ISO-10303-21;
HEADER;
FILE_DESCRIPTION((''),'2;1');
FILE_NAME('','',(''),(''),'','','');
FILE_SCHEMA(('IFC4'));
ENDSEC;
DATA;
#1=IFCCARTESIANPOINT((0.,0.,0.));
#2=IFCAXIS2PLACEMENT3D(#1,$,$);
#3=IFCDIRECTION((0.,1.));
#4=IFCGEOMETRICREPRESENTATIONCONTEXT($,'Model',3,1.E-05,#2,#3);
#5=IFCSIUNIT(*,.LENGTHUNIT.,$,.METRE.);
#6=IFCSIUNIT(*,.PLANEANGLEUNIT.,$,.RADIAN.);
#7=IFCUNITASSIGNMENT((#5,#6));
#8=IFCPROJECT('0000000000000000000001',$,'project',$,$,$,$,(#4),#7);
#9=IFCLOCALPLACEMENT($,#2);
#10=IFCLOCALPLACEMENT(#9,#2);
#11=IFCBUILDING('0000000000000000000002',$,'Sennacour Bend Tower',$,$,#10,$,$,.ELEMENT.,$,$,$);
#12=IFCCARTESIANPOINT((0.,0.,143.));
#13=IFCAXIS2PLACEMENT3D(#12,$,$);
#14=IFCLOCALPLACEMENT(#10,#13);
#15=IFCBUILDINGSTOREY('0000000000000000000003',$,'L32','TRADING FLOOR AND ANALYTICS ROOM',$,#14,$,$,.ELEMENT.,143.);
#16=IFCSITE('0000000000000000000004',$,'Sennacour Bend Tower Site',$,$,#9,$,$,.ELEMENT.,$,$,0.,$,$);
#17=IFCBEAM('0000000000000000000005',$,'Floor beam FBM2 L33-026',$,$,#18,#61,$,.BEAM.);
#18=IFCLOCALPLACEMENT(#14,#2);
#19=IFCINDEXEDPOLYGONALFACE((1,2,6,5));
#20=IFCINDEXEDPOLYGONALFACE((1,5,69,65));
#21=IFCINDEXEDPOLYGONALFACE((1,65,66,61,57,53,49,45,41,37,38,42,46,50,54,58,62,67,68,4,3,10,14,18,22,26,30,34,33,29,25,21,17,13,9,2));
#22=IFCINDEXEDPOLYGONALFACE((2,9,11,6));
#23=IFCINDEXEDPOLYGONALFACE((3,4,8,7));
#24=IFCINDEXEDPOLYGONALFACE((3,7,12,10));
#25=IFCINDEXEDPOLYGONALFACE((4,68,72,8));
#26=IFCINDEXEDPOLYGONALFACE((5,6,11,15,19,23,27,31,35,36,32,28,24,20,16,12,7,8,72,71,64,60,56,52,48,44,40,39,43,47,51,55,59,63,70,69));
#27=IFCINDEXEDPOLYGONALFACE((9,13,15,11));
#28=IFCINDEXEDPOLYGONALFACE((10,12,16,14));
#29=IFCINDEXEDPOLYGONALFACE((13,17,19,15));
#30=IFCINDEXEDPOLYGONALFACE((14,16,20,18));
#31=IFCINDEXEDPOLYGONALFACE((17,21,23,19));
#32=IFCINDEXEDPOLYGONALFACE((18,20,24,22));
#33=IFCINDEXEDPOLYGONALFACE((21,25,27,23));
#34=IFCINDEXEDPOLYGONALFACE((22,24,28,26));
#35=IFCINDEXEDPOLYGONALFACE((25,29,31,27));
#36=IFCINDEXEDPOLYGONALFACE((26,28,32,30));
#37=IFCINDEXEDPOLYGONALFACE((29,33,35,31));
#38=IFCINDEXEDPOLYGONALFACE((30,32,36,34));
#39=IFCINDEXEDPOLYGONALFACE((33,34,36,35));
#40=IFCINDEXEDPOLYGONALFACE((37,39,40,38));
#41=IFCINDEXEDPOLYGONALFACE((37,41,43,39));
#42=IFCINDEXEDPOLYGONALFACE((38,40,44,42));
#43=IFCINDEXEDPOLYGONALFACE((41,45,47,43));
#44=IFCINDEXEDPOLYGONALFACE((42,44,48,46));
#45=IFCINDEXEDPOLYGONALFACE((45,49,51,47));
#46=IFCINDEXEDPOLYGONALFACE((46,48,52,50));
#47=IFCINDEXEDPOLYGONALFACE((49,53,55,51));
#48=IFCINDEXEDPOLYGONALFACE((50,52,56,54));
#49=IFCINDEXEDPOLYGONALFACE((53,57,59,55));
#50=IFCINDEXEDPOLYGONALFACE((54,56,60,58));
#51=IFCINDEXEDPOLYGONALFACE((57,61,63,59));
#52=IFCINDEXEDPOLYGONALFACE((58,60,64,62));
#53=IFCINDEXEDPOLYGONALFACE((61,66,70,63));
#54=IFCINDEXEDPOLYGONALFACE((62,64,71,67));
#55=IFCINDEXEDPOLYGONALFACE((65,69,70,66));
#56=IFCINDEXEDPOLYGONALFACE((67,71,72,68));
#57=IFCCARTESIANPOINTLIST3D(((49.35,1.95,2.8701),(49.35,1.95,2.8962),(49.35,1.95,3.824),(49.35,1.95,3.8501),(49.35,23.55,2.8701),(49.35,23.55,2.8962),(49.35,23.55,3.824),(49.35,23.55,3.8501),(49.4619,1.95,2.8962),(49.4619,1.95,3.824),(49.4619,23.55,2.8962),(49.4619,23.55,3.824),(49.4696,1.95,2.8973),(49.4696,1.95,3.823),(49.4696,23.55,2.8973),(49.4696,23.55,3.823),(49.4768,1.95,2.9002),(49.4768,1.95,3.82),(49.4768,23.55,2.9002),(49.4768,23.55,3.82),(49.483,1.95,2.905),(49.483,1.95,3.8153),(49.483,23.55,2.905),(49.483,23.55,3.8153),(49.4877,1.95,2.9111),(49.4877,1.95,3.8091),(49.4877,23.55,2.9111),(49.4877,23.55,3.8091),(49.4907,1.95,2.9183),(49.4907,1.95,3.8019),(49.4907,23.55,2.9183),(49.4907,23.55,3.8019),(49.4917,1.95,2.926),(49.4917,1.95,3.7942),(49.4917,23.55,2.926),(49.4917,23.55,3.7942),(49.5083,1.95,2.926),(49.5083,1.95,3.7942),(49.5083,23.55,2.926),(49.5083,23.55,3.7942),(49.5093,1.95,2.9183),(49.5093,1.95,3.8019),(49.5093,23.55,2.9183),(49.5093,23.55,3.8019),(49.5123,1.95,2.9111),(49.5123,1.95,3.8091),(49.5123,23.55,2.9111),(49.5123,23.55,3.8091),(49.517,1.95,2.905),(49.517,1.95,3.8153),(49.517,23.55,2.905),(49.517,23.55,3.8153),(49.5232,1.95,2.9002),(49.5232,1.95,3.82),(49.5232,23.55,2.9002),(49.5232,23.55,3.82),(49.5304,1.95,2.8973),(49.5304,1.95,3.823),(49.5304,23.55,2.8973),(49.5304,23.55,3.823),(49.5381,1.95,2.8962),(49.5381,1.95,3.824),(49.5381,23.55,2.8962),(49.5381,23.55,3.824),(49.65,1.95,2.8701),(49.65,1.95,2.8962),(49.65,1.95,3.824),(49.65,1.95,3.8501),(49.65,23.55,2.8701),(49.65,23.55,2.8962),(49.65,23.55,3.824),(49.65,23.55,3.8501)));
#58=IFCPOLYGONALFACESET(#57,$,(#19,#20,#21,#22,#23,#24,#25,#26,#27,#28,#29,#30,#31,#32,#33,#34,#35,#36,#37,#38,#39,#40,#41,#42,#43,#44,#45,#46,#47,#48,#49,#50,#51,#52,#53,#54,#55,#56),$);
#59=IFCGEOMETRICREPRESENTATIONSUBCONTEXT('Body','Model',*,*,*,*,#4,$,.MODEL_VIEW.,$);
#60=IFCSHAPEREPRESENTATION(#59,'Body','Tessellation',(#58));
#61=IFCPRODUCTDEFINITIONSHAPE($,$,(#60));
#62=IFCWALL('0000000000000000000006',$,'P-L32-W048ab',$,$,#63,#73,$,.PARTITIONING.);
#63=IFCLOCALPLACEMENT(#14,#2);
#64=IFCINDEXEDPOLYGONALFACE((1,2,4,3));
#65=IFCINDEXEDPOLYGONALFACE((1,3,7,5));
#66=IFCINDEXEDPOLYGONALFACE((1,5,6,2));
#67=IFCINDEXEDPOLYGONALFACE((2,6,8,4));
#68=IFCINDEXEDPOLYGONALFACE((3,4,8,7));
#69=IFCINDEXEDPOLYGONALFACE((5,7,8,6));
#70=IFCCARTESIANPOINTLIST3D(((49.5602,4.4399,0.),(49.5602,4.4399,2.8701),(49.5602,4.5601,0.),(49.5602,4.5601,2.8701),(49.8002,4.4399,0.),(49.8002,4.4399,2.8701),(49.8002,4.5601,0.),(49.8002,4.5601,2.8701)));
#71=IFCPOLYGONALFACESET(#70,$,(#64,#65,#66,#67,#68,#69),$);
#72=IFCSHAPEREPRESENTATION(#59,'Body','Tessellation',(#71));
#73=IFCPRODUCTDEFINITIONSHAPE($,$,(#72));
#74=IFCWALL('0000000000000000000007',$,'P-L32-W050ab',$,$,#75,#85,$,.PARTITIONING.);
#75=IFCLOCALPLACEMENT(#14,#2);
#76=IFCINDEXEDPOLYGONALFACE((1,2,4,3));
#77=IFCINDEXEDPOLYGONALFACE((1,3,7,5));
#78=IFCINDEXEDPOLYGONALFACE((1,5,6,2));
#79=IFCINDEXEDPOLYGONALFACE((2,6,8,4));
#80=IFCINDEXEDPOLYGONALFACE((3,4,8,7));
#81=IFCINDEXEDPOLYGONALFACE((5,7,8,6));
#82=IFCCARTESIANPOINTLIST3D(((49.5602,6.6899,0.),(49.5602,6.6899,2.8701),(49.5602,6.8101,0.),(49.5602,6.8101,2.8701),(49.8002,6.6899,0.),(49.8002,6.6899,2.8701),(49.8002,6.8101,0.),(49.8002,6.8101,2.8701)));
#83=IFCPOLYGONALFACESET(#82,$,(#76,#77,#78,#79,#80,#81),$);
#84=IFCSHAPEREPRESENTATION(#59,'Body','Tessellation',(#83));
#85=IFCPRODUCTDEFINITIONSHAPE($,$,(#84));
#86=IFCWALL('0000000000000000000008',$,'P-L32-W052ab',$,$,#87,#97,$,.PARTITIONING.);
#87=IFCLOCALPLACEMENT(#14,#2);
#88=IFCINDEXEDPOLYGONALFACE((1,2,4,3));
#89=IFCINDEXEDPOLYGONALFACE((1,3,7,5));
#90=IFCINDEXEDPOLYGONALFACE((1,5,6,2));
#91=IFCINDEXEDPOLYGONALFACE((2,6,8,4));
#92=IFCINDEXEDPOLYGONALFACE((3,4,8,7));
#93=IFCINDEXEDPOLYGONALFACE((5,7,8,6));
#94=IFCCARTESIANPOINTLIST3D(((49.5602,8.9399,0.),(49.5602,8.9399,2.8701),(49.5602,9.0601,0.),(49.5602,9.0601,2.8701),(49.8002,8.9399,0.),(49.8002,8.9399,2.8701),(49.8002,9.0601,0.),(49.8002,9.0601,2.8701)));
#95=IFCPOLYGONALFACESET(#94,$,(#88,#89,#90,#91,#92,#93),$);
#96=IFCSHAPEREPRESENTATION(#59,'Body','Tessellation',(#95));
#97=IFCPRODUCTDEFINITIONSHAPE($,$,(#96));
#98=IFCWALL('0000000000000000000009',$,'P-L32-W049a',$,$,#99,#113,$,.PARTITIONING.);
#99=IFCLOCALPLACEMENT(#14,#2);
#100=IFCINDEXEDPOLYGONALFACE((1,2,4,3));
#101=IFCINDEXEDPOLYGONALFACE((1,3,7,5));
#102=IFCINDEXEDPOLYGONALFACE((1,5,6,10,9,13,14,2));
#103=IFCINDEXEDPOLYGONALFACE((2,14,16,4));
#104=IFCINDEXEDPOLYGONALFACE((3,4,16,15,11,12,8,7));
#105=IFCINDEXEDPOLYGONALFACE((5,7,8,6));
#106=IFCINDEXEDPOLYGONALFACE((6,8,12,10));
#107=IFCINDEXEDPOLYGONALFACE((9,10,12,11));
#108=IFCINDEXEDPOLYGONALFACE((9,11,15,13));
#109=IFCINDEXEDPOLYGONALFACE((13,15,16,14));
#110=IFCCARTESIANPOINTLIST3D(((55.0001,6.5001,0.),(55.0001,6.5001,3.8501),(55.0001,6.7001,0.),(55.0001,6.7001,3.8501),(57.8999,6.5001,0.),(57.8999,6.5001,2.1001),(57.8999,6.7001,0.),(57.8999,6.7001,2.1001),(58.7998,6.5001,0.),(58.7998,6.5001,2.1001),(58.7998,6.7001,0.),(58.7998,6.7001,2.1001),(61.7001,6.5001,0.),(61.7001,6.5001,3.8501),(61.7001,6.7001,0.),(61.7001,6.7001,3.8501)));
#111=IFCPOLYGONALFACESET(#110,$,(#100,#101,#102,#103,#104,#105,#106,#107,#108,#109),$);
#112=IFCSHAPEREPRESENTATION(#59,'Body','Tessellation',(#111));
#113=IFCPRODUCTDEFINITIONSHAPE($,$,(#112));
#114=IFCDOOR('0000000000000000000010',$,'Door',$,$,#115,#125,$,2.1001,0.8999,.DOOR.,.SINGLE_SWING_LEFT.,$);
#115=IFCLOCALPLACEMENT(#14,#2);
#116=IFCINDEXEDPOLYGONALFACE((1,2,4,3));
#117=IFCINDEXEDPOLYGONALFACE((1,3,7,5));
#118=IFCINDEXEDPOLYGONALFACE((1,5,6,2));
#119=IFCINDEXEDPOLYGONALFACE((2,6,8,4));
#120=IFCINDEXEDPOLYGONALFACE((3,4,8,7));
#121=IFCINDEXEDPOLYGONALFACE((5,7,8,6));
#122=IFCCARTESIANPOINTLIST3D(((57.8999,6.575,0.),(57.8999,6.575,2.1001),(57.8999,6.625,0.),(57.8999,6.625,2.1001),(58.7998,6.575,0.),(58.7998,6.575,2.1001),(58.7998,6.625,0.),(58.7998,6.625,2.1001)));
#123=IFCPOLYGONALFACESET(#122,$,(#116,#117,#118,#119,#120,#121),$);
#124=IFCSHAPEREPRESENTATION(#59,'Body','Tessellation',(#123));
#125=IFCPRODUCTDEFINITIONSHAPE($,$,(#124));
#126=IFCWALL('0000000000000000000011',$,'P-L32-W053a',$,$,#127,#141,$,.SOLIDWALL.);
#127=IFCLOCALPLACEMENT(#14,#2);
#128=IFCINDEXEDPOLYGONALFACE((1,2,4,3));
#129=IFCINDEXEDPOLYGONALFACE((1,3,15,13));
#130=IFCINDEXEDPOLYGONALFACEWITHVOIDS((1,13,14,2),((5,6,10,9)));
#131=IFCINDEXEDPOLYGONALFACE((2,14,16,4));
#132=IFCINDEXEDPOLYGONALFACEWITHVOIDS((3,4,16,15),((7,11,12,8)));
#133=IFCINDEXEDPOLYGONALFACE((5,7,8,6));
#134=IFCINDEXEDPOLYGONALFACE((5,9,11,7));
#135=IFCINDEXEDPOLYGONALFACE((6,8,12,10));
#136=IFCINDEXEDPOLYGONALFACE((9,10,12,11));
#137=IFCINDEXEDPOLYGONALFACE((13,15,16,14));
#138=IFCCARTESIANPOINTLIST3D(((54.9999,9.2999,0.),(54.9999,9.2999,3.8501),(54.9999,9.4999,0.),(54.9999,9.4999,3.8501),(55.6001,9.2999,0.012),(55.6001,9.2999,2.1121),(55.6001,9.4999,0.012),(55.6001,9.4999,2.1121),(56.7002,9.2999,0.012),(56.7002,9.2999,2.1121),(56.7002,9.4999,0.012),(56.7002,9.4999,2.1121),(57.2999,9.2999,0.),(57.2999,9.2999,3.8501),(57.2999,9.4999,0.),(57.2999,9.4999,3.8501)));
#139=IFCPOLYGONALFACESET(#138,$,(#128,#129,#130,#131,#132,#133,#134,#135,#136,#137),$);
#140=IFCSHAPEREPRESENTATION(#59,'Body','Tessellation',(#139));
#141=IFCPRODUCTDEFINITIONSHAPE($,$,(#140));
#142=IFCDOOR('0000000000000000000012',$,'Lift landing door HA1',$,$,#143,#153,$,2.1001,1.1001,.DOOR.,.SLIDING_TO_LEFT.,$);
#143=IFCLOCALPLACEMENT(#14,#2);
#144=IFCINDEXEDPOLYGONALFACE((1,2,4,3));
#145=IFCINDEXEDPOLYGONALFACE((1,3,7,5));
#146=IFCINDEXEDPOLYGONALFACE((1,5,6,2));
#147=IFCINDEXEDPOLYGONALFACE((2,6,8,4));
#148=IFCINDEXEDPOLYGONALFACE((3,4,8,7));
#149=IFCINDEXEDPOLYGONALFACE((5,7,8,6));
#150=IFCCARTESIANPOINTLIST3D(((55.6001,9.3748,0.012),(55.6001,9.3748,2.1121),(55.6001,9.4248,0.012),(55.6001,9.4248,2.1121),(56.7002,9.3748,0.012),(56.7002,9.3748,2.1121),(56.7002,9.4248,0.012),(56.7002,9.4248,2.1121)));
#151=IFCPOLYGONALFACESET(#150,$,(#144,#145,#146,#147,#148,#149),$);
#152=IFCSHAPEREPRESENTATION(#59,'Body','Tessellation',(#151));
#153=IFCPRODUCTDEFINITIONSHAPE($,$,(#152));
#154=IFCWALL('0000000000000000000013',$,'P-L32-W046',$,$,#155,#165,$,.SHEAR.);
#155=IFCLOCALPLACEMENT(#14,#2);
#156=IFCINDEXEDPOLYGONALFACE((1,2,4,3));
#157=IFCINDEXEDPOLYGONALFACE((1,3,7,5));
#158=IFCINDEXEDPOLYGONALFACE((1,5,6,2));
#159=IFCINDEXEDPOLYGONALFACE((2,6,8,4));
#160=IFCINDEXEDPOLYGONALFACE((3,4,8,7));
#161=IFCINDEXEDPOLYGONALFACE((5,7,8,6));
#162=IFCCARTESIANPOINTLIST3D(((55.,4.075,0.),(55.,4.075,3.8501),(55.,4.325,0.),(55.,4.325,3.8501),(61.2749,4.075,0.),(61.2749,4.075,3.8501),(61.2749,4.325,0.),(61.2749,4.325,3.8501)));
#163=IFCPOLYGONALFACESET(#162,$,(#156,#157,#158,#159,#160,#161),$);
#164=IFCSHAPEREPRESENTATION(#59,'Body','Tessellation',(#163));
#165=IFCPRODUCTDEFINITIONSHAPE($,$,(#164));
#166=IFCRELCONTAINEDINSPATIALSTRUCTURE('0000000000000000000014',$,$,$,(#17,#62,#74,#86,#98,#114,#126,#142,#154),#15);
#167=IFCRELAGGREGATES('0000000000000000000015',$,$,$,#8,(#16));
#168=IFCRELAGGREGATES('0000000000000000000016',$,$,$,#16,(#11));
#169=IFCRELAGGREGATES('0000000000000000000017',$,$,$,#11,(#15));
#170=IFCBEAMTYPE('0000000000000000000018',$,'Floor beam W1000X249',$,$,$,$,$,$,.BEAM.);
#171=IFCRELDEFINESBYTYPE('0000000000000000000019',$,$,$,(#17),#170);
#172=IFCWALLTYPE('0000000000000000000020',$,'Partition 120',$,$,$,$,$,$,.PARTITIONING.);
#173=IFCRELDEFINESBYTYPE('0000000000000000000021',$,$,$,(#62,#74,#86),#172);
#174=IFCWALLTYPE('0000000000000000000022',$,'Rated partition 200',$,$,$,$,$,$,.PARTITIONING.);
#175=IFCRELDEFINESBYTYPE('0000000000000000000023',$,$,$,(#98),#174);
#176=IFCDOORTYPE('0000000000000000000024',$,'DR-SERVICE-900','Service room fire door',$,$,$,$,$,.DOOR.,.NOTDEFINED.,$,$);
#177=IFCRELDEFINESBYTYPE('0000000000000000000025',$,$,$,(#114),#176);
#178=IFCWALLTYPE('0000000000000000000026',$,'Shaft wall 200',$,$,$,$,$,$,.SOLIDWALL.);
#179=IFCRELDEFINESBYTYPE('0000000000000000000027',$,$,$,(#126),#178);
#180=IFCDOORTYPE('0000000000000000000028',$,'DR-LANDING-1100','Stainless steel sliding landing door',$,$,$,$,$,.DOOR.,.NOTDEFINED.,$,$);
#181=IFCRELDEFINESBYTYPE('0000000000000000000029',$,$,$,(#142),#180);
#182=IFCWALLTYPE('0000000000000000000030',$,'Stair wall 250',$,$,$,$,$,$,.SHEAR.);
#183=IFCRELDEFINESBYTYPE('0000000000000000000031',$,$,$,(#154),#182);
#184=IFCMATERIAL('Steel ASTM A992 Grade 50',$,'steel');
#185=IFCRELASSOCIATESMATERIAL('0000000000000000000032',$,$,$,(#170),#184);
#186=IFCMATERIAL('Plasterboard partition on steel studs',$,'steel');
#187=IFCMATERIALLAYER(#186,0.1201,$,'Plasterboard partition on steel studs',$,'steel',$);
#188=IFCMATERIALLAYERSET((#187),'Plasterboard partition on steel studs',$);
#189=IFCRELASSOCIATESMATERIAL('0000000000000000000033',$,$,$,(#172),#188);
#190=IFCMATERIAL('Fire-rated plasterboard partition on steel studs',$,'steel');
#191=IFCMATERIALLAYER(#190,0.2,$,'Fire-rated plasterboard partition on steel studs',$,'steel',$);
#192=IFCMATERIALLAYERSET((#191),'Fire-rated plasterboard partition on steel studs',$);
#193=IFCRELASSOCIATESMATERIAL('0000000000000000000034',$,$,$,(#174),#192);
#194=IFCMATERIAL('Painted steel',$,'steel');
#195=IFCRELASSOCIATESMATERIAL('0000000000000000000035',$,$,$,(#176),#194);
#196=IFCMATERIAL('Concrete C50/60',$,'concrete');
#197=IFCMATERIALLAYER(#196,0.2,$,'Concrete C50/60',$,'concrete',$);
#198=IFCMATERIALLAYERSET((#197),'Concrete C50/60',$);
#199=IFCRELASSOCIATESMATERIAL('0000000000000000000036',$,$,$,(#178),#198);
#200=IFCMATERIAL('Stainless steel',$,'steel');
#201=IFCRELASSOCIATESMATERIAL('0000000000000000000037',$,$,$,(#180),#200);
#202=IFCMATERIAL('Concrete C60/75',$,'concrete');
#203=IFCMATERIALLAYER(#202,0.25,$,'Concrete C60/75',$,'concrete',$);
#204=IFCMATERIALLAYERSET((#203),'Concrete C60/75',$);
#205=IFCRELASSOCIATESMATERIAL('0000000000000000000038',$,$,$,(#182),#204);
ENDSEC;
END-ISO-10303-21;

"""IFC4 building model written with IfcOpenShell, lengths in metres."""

from ifc_helpers import new_model, si_unit, direction, frame, frame_2d, origin, origin_2d, place, context, subcontext, project, spatial, rectangle, i_section, extrude, material, layer, layer_set, material_profile, profile_set, type_object, element, fill, save


model = new_model("IFC4")

# Units and contexts
model_context = context("Model", 3, precision=1e-05, world=origin(), true_north=direction((0.0, 1.0)))
body_context = subcontext(model_context, "Body", "Model", "MODEL_VIEW")
ifc_project = project(units=[si_unit("LENGTHUNIT", "METRE"), si_unit("PLANEANGLEUNIT", "RADIAN")], contexts=[model_context])

# Site, building, storey
site_placement = place(None, origin())
site = spatial("IfcSite", under=ifc_project, at=site_placement, Name="Sennacour Bend Tower Site", CompositionType="ELEMENT", RefElevation=0.0)
building_placement = place(site_placement, origin())
building = spatial("IfcBuilding", under=site, at=building_placement, Name="Sennacour Bend Tower", CompositionType="ELEMENT")
storey_placement = place(building_placement, frame((0.0, 0.0, 143.0)))
storey = spatial("IfcBuildingStorey", under=building, at=storey_placement, Name="L32", Description="TRADING FLOOR AND ANALYTICS ROOM", CompositionType="ELEMENT", Elevation=143.0)

# Beam
ifc_material_1 = material(Name="Steel ASTM A992 Grade 50", Category="steel")
ifc_material_profile = material_profile(ifc_material_1, i_section(OverallWidth=0.3, OverallDepth=0.98, WebThickness=0.0166, FlangeThickness=0.0261, FilletRadius=0.0298, at=origin_2d()), Name="Steel ASTM A992 Grade 50", Category="steel")
ifc_profile_set = profile_set([ifc_material_profile], Name="Steel ASTM A992 Grade 50")
beam_type = type_object("IfcBeamType", Name="Floor beam W1000X249", PredefinedType="BEAM", material=ifc_profile_set)
beam_placement = place(storey_placement, frame((49.5, 1.95, 3.3601), z_axis=(0.0, 1.0, 0.0), x_axis=(-1.0, 0.0, 0.0)))
element("IfcBeam", 1, at=beam_placement, inside=storey, type_object=beam_type, Name="Floor beam FBM2 L33-026", PredefinedType="BEAM", context=body_context, shape_type="SweptSolid", body=[
    extrude(i_section(OverallWidth=0.3, OverallDepth=0.98, WebThickness=0.0166, FlangeThickness=0.0261, FilletRadius=0.0298, at=origin_2d()), origin(), (0.0, 0.0, 1.0), 21.6001),
])

# Walls
ifc_material_2 = material(Name="Plasterboard partition on steel studs", Category="steel")
ifc_layer_1 = layer(ifc_material_2, 0.1201, Name="Plasterboard partition on steel studs", Category="steel")
ifc_layer_set_1 = layer_set([ifc_layer_1], Name="Plasterboard partition on steel studs")
wall_type_1 = type_object("IfcWallType", Name="Partition 120", PredefinedType="PARTITIONING", material=ifc_layer_set_1)
for number, where, z_axis, x_axis, name in (
    (2, (49.5601, 4.5, 0.0), (0.0, 0.0, 1.0), (1.0, 0.0, 0.0), "P-L32-W048ab"),
    (3, (49.5601, 6.75, 0.0), (0.0, 0.0, 1.0), (1.0, 0.0, 0.0), "P-L32-W050ab"),
    (4, (49.5601, 9.0, 0.0), (0.0, 0.0, 1.0), (1.0, 0.0, 0.0), "P-L32-W052ab"),
):
    element("IfcWall", number, at=place(storey_placement, frame(where, z_axis=z_axis, x_axis=x_axis)), inside=storey, type_object=wall_type_1, Name=name, PredefinedType="PARTITIONING", context=body_context, shape_type="SweptSolid", body=[
        extrude(rectangle(XDim=0.24, YDim=0.1201, at=frame_2d((0.1201, 0.0))), origin(), (0.0, 0.0, 1.0), 2.8701),
    ])

# Walls, openings, doors
ifc_material_3 = material(Name="Fire-rated plasterboard partition on steel studs", Category="steel")
ifc_layer_2 = layer(ifc_material_3, 0.2, Name="Fire-rated plasterboard partition on steel studs", Category="steel")
ifc_layer_set_2 = layer_set([ifc_layer_2], Name="Fire-rated plasterboard partition on steel studs")
wall_type_2 = type_object("IfcWallType", Name="Rated partition 200", PredefinedType="PARTITIONING", material=ifc_layer_set_2)
wall_1_placement = place(storey_placement, frame((55.0, 6.6001, 0.0), z_axis=(0.0, 0.0, 1.0), x_axis=(1.0, 0.0, 0.0)))
wall_1 = element("IfcWall", 5, at=wall_1_placement, inside=storey, type_object=wall_type_2, Name="P-L32-W049a", PredefinedType="PARTITIONING", context=body_context, shape_type="SweptSolid", body=[
    extrude(rectangle(XDim=6.7, YDim=0.2, at=frame_2d((3.3501, 0.0))), origin(), (0.0, 0.0, 1.0), 3.8501),
])
opening_1_placement = place(wall_1_placement, frame((2.8999, 0.0, 0.0)))
opening_1 = element("IfcOpeningElement", 6, at=opening_1_placement, cuts=wall_1, PredefinedType="OPENING", context=body_context, shape_type="SweptSolid", body=[
    extrude(rectangle(XDim=0.8999, YDim=2.1001, at=frame_2d((0.45, 1.05))), frame((0.0, 0.1099, 0.0), z_axis=(0.0, -1.0, 0.0), x_axis=(1.0, 0.0, 0.0)), (0.0, 0.0, 1.0), 0.22),
])
ifc_material_4 = material(Name="Painted steel", Category="steel")
door_type_1 = type_object("IfcDoorType", Name="DR-SERVICE-900", Description="Service room fire door", OperationType="NOTDEFINED", PredefinedType="DOOR", material=ifc_material_4)
door_1_placement = place(opening_1_placement, origin())
door_1 = element("IfcDoor", 7, at=door_1_placement, inside=storey, type_object=door_type_1, Name="Door", OperationType="SINGLE_SWING_LEFT", OverallHeight=2.1001, OverallWidth=0.8999, PredefinedType="DOOR", context=body_context, shape_type="SweptSolid", body=[
    extrude(rectangle(XDim=0.8999, YDim=2.1001, at=frame_2d((0.45, 1.05))), frame((0.0, 0.0249, 0.0), z_axis=(0.0, -1.0, 0.0), x_axis=(1.0, 0.0, 0.0)), (0.0, 0.0, 1.0), 0.05),
])
fill(opening_1, door_1)
ifc_material_5 = material(Name="Concrete C50/60", Category="concrete")
ifc_layer_3 = layer(ifc_material_5, 0.2, Name="Concrete C50/60", Category="concrete")
ifc_layer_set_3 = layer_set([ifc_layer_3], Name="Concrete C50/60")
wall_type_3 = type_object("IfcWallType", Name="Shaft wall 200", PredefinedType="SOLIDWALL", material=ifc_layer_set_3)
wall_2_placement = place(storey_placement, frame((55.0, 9.3999, 0.0), z_axis=(0.0, 0.0, 1.0), x_axis=(1.0, 0.0, 0.0)))
wall_2 = element("IfcWall", 8, at=wall_2_placement, inside=storey, type_object=wall_type_3, Name="P-L32-W053a", PredefinedType="SOLIDWALL", context=body_context, shape_type="SweptSolid", body=[
    extrude(rectangle(XDim=2.3, YDim=0.2, at=frame_2d((1.1499, 0.0))), origin(), (0.0, 0.0, 1.0), 3.8501),
])
opening_2_placement = place(wall_2_placement, frame((0.6001, 0.0, 0.012)))
opening_2 = element("IfcOpeningElement", 9, at=opening_2_placement, cuts=wall_2, PredefinedType="OPENING", context=body_context, shape_type="SweptSolid", body=[
    extrude(rectangle(XDim=1.1001, YDim=2.1001, at=frame_2d((0.55, 1.05))), frame((0.0, 0.1099, 0.0), z_axis=(0.0, -1.0, 0.0), x_axis=(1.0, 0.0, 0.0)), (0.0, 0.0, 1.0), 0.22),
])
ifc_material_6 = material(Name="Stainless steel", Category="steel")
door_type_2 = type_object("IfcDoorType", Name="DR-LANDING-1100", Description="Stainless steel sliding landing door", OperationType="NOTDEFINED", PredefinedType="DOOR", material=ifc_material_6)
door_2_placement = place(opening_2_placement, origin())
door_2 = element("IfcDoor", 10, at=door_2_placement, inside=storey, type_object=door_type_2, Name="Lift landing door HA1", OperationType="SLIDING_TO_LEFT", OverallHeight=2.1001, OverallWidth=1.1001, PredefinedType="DOOR", context=body_context, shape_type="SweptSolid", body=[
    extrude(rectangle(XDim=1.1001, YDim=2.1001, at=frame_2d((0.55, 1.05))), frame((0.0, 0.0249, 0.0), z_axis=(0.0, -1.0, 0.0), x_axis=(1.0, 0.0, 0.0)), (0.0, 0.0, 1.0), 0.05),
])
fill(opening_2, door_2)

# Wall
ifc_material_7 = material(Name="Concrete C60/75", Category="concrete")
ifc_layer_4 = layer(ifc_material_7, 0.25, Name="Concrete C60/75", Category="concrete")
ifc_layer_set_4 = layer_set([ifc_layer_4], Name="Concrete C60/75")
wall_type_4 = type_object("IfcWallType", Name="Stair wall 250", PredefinedType="SHEAR", material=ifc_layer_set_4)
wall_3_placement = place(storey_placement, frame((55.0, 4.2, 0.0), z_axis=(0.0, 0.0, 1.0), x_axis=(1.0, 0.0, 0.0)))
element("IfcWall", 11, at=wall_3_placement, inside=storey, type_object=wall_type_4, Name="P-L32-W046", PredefinedType="SHEAR", context=body_context, shape_type="SweptSolid", body=[
    extrude(rectangle(XDim=6.2749, YDim=0.25, at=frame_2d((3.1375, 0.0))), origin(), (0.0, 0.0, 1.0), 3.8501),
])

save(model, "model.ifc")
